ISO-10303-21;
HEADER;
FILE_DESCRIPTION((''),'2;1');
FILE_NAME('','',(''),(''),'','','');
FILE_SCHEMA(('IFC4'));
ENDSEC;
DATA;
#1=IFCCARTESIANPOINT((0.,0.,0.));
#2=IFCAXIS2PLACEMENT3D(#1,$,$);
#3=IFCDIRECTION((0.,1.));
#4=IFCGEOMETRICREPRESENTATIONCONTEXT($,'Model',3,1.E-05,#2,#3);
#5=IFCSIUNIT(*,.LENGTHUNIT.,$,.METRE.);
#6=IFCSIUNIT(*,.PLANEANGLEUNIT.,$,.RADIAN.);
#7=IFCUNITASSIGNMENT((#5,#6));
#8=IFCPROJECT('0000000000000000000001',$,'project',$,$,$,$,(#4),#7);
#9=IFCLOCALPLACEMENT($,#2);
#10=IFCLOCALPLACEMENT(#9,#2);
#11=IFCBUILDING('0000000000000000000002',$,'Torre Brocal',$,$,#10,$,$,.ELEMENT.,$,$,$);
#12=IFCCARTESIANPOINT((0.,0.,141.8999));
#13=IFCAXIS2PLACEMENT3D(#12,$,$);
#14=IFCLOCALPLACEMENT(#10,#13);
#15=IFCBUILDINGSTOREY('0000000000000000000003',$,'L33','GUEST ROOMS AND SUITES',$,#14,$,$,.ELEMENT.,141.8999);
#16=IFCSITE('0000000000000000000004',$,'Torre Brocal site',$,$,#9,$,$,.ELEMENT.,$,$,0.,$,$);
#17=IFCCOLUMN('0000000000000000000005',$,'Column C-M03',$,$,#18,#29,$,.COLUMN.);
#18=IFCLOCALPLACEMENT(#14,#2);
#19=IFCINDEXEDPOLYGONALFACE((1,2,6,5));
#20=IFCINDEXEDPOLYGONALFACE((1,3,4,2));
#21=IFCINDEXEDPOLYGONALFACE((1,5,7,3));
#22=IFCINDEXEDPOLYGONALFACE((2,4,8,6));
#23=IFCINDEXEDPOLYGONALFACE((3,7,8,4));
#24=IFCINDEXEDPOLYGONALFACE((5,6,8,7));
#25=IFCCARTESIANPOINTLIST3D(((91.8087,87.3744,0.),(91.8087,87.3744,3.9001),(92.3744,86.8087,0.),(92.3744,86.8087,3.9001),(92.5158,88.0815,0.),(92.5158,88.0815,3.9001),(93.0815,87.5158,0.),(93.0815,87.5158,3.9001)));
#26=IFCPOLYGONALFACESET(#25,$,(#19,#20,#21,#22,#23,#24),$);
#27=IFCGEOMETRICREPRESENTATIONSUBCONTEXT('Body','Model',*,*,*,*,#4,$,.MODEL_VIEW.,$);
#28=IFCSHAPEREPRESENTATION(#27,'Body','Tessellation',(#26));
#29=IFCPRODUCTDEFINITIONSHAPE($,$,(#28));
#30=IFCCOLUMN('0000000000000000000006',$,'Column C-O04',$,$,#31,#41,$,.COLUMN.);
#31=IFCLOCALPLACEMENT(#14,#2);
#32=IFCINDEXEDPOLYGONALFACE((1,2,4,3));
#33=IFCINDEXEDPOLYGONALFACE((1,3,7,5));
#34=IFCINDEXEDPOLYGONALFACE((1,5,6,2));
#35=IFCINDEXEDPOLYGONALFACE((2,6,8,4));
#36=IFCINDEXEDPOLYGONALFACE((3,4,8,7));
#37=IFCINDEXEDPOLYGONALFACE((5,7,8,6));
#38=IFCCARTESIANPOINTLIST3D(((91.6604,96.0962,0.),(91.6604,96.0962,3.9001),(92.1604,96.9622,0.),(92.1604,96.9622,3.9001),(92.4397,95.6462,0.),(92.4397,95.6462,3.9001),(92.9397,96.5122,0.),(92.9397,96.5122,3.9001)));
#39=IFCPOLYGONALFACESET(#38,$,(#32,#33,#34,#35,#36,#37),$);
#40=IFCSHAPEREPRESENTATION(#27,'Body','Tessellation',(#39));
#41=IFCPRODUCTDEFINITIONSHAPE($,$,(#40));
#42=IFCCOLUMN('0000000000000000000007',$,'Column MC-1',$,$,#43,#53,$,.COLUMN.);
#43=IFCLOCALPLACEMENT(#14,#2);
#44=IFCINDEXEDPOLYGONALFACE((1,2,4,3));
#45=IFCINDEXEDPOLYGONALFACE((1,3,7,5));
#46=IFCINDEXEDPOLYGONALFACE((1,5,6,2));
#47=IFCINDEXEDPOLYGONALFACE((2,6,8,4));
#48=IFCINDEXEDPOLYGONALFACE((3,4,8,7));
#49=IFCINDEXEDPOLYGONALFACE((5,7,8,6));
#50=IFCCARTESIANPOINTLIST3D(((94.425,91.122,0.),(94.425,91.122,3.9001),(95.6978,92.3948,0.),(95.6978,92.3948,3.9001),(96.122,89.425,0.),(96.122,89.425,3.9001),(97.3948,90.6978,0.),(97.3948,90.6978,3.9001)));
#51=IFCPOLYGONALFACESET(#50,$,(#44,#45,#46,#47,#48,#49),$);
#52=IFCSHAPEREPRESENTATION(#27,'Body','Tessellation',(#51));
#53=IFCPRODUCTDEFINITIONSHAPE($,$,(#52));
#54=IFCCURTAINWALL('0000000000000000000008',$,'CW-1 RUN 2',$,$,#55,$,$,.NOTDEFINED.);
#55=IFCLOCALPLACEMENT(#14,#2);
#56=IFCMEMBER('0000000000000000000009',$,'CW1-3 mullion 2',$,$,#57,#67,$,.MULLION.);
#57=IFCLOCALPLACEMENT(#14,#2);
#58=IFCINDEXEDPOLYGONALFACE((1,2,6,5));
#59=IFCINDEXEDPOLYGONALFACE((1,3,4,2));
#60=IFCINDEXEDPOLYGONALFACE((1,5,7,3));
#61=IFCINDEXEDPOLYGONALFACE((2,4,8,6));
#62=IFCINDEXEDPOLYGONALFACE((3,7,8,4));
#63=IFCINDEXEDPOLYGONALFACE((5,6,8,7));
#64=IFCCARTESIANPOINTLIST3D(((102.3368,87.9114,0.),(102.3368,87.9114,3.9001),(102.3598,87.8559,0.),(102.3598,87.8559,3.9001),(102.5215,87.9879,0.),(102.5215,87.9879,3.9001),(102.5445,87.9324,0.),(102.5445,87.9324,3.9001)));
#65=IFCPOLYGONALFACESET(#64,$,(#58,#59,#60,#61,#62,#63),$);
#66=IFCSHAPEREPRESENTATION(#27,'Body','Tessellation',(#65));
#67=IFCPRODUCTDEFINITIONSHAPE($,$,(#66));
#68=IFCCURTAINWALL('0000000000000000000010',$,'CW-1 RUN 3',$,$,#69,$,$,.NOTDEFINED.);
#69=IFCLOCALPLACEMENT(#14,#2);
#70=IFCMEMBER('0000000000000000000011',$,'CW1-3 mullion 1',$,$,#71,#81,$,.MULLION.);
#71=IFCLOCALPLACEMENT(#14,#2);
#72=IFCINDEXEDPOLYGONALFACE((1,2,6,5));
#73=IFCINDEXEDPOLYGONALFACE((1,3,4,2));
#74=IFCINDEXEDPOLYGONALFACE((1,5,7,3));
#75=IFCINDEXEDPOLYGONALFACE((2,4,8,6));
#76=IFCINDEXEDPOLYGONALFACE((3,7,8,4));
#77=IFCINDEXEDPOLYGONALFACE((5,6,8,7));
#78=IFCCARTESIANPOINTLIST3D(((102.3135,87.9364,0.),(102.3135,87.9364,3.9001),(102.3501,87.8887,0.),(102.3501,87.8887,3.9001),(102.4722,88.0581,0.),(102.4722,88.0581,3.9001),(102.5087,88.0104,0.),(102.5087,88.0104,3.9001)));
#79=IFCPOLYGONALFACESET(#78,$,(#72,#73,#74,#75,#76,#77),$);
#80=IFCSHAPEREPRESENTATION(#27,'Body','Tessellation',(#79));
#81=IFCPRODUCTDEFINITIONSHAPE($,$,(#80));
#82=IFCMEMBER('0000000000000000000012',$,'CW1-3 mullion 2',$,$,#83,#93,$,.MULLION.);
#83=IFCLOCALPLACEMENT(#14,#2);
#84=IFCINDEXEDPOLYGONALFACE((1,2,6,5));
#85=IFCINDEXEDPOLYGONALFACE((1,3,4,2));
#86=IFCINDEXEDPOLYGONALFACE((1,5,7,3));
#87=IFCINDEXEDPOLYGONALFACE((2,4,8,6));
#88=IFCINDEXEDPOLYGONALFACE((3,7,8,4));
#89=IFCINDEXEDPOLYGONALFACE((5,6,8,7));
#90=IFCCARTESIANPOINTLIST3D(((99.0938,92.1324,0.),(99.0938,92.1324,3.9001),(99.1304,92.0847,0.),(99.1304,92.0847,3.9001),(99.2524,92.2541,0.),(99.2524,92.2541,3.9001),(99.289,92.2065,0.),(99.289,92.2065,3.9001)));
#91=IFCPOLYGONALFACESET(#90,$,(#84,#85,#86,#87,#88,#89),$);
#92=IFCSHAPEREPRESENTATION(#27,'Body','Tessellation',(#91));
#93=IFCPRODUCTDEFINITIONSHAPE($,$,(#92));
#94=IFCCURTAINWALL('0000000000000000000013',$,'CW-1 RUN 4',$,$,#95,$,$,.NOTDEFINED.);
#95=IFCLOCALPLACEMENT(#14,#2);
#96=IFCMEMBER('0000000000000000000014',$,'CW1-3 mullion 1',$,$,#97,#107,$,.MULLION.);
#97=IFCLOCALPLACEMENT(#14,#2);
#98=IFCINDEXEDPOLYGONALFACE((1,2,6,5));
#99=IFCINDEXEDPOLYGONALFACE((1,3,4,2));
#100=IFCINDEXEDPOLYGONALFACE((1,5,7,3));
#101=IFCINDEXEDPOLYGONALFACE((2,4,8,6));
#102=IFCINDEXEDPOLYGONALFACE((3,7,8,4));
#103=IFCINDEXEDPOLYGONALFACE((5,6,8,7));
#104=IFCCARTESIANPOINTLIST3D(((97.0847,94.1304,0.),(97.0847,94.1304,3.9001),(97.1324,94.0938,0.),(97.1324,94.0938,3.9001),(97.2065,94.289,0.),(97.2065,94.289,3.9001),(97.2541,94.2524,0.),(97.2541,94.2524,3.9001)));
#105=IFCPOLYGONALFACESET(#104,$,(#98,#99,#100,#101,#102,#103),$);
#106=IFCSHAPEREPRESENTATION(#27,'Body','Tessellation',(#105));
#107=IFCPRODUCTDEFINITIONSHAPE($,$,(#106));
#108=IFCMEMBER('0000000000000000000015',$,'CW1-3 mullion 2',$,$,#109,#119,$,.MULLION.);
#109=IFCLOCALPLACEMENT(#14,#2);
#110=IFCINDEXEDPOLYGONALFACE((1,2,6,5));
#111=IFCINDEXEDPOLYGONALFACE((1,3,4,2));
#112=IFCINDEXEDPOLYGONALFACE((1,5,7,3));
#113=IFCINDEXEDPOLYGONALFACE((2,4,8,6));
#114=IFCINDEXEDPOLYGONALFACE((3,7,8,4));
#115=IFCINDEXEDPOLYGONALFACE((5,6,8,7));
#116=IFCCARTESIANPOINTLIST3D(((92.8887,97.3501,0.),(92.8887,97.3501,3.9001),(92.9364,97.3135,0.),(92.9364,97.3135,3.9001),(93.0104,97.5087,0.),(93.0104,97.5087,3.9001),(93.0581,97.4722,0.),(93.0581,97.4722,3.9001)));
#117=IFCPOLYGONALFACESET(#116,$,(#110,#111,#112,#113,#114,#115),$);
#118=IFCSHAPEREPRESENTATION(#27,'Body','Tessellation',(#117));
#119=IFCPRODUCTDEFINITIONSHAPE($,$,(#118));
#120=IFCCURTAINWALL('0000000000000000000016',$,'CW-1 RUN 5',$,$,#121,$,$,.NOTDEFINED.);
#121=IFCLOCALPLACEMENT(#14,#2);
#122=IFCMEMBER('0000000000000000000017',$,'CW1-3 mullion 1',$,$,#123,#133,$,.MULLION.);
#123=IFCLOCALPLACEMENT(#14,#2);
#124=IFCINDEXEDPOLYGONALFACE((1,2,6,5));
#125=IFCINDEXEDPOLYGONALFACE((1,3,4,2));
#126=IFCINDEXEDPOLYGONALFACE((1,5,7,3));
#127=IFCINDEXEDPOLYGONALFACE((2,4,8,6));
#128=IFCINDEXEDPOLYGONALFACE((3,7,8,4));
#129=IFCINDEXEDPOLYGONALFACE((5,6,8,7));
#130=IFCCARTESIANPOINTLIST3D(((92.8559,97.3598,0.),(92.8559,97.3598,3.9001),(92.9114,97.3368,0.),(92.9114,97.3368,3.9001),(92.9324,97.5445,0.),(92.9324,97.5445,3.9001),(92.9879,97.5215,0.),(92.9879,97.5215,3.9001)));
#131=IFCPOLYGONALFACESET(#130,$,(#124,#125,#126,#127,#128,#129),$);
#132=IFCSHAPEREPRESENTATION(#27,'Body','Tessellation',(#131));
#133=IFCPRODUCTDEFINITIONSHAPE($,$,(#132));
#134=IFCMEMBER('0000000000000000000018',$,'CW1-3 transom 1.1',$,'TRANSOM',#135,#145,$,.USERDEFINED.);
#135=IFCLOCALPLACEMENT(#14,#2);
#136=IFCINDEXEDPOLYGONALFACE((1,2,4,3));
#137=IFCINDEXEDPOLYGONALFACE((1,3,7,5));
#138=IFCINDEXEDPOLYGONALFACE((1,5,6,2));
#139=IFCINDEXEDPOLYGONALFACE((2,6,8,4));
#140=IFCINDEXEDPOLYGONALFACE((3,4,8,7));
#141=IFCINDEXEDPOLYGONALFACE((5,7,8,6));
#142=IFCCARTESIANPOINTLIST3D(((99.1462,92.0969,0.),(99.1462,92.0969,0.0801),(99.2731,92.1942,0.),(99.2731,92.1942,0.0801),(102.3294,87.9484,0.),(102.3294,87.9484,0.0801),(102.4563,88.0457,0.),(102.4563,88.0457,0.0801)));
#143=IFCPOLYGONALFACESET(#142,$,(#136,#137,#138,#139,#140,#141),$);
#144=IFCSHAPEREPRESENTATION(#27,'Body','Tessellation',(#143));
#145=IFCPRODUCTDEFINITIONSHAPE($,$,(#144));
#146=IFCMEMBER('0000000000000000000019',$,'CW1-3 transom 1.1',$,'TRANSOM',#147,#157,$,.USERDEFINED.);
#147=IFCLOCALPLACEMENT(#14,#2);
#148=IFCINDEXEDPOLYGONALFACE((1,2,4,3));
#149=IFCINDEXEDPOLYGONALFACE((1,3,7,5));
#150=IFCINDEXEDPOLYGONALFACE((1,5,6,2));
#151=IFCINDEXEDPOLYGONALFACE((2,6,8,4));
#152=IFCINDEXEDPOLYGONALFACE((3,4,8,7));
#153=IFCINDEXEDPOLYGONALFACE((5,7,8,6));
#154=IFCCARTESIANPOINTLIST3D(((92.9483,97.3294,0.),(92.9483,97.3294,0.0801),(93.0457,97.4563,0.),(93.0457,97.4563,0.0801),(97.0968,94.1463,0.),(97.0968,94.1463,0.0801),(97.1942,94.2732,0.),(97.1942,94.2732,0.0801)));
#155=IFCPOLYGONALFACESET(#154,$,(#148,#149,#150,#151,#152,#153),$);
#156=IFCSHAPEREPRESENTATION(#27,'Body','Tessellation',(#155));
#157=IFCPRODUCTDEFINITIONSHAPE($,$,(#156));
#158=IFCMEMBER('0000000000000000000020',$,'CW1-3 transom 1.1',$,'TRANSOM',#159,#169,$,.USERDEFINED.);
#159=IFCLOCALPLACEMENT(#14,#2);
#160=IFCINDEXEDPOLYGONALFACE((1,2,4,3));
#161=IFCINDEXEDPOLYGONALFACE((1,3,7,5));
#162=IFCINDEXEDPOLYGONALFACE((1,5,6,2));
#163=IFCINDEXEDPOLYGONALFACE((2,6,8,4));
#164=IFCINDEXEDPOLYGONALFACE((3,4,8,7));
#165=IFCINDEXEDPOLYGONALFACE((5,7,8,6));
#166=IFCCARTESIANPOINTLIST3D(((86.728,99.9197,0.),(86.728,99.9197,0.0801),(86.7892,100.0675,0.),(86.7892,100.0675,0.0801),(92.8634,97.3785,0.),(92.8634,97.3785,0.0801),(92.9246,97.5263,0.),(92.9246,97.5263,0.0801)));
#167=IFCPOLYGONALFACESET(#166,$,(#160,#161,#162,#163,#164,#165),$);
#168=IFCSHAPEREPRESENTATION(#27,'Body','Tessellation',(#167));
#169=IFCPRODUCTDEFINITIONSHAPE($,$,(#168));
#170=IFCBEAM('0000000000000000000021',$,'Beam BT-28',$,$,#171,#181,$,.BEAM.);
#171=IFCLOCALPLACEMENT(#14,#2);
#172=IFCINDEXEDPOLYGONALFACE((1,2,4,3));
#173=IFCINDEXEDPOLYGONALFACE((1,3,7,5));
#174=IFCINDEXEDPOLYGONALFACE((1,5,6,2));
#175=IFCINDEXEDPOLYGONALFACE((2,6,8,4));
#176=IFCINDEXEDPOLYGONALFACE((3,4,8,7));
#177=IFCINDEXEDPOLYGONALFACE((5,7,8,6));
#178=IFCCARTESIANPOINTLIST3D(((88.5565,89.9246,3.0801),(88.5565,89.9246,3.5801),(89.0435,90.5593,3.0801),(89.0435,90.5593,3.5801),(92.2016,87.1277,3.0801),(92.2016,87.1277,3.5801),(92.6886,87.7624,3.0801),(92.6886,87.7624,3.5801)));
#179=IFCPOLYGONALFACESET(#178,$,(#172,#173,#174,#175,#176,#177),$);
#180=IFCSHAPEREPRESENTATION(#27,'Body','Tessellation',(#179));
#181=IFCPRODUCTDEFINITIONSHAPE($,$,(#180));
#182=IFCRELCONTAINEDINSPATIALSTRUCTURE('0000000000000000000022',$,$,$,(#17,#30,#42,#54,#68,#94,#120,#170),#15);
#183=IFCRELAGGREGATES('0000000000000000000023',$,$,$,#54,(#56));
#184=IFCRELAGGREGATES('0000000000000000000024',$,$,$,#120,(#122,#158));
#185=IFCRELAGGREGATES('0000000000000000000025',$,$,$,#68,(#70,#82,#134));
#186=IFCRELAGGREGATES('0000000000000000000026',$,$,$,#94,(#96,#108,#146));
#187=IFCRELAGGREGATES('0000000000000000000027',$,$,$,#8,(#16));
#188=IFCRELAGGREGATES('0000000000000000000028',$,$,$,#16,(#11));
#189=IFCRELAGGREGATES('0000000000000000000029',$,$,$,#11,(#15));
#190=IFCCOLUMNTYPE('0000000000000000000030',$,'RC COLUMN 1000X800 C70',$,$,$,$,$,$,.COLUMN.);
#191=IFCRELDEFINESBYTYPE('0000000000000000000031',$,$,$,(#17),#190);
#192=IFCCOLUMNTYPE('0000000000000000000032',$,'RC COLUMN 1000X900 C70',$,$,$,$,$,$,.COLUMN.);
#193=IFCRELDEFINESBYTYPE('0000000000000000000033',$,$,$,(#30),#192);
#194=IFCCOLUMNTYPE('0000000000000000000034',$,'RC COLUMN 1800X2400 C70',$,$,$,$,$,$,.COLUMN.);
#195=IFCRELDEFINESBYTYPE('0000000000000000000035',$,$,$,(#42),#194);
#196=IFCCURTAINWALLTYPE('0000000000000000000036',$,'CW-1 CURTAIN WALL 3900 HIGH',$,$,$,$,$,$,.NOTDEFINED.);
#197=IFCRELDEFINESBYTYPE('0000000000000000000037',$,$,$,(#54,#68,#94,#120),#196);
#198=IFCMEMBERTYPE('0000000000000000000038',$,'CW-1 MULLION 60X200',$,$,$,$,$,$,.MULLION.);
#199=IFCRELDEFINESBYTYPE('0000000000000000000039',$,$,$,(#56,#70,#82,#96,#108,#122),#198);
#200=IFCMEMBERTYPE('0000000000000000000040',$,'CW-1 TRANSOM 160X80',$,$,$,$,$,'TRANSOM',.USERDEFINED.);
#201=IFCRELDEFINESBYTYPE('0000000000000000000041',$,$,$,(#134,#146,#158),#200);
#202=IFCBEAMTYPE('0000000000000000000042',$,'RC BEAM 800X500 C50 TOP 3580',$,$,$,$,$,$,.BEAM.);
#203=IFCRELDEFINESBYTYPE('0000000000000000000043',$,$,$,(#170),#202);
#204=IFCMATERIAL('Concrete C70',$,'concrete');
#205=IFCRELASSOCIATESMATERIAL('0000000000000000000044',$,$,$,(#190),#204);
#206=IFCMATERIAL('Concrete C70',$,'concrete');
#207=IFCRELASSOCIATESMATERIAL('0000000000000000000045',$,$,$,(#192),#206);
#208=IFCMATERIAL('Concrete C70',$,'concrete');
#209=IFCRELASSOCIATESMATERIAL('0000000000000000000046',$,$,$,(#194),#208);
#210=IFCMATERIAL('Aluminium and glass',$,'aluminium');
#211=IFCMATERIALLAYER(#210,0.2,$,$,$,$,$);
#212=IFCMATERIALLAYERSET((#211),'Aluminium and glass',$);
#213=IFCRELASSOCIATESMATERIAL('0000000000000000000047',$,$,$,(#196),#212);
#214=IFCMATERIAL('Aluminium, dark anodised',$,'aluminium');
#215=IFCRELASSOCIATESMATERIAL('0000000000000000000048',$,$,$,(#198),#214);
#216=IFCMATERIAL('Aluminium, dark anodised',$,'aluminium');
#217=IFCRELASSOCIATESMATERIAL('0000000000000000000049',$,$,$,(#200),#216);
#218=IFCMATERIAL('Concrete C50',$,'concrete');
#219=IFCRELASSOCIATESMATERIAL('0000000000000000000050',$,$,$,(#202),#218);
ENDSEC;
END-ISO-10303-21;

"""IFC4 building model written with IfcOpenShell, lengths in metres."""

from ifc_helpers import new_model, si_unit, direction, frame, origin, origin_2d, place, context, subcontext, project, spatial, rectangle, extrude, material, layer, layer_set, material_profile, profile_set, type_object, element, aggregate, save


model = new_model("IFC4")

# Units and contexts
model_context = context("Model", 3, precision=1e-05, world=origin(), true_north=direction((0.0, 1.0)))
body_context = subcontext(model_context, "Body", "Model", "MODEL_VIEW")
ifc_project = project(units=[si_unit("LENGTHUNIT", "METRE"), si_unit("PLANEANGLEUNIT", "RADIAN")], contexts=[model_context])

# Site, building, storey
site_placement = place(None, origin())
site = spatial("IfcSite", under=ifc_project, at=site_placement, Name="Torre Brocal site", CompositionType="ELEMENT", RefElevation=0.0)
building_placement = place(site_placement, origin())
building = spatial("IfcBuilding", under=site, at=building_placement, Name="Torre Brocal", CompositionType="ELEMENT")
storey_placement = place(building_placement, frame((0.0, 0.0, 141.8999)))
storey = spatial("IfcBuildingStorey", under=building, at=storey_placement, Name="L33", Description="GUEST ROOMS AND SUITES", CompositionType="ELEMENT", Elevation=141.8999)

# Columns
ifc_material_1 = material(Name="Concrete C70", Category="concrete")
ifc_material_profile_1 = material_profile(ifc_material_1, rectangle(XDim=1.0, YDim=0.8, at=origin_2d()), Name="RC 1000X800")
ifc_profile_set_1 = profile_set([ifc_material_profile_1], Name="Concrete C70")
column_type_1 = type_object("IfcColumnType", Name="RC COLUMN 1000X800 C70", PredefinedType="COLUMN", material=ifc_profile_set_1)
column_1_placement = place(storey_placement, frame((92.4451, 87.4451, 0.0), z_axis=(0.0, 0.0, 1.0), x_axis=(0.707107, 0.707107, 0.0)))
element("IfcColumn", 1, at=column_1_placement, inside=storey, type_object=column_type_1, Name="Column C-M03", PredefinedType="COLUMN", context=body_context, shape_type="SweptSolid", body=[
    extrude(rectangle(XDim=1.0, YDim=0.8, at=origin_2d()), origin(), (0.0, 0.0, 1.0), 3.9001),
])
ifc_material_2 = material(Name="Concrete C70", Category="concrete")
ifc_material_profile_2 = material_profile(ifc_material_2, rectangle(XDim=1.0, YDim=0.8999, at=origin_2d()), Name="RC 1000X900")
ifc_profile_set_2 = profile_set([ifc_material_profile_2], Name="Concrete C70")
column_type_2 = type_object("IfcColumnType", Name="RC COLUMN 1000X900 C70", PredefinedType="COLUMN", material=ifc_profile_set_2)
column_2_placement = place(storey_placement, frame((92.3, 96.3042, 0.0), z_axis=(0.0, 0.0, 1.0), x_axis=(0.5, 0.866025, 0.0)))
element("IfcColumn", 2, at=column_2_placement, inside=storey, type_object=column_type_2, Name="Column C-O04", PredefinedType="COLUMN", context=body_context, shape_type="SweptSolid", body=[
    extrude(rectangle(XDim=1.0, YDim=0.8999, at=origin_2d()), origin(), (0.0, 0.0, 1.0), 3.9001),
])
ifc_material_3 = material(Name="Concrete C70", Category="concrete")
ifc_material_profile_3 = material_profile(ifc_material_3, rectangle(XDim=1.8, YDim=2.3999, at=origin_2d()), Name="RC 1800X2400")
ifc_profile_set_3 = profile_set([ifc_material_profile_3], Name="Concrete C70")
column_type_3 = type_object("IfcColumnType", Name="RC COLUMN 1800X2400 C70", PredefinedType="COLUMN", material=ifc_profile_set_3)
column_3_placement = place(storey_placement, frame((95.9099, 90.9099, 0.0), z_axis=(0.0, 0.0, 1.0), x_axis=(0.707107, 0.707107, 0.0)))
element("IfcColumn", 3, at=column_3_placement, inside=storey, type_object=column_type_3, Name="Column MC-1", PredefinedType="COLUMN", context=body_context, shape_type="SweptSolid", body=[
    extrude(rectangle(XDim=1.8, YDim=2.3999, at=origin_2d()), origin(), (0.0, 0.0, 1.0), 3.9001),
])

# Curtain wall, member
ifc_material_4 = material(Name="Aluminium and glass", Category="aluminium")
ifc_layer_1 = layer(ifc_material_4, 0.2)
ifc_layer_set_1 = layer_set([ifc_layer_1], Name="Aluminium and glass")
curtain_wall_type = type_object("IfcCurtainWallType", Name="CW-1 CURTAIN WALL 3900 HIGH", PredefinedType="NOTDEFINED", material=ifc_layer_set_1)
curtain_wall_1_placement = place(storey_placement, origin())
curtain_wall_1 = element("IfcCurtainWall", 4, at=curtain_wall_1_placement, inside=storey, type_object=curtain_wall_type, Name="CW-1 RUN 2", PredefinedType="NOTDEFINED")
ifc_material_5 = material(Name="Aluminium, dark anodised", Category="aluminium")
ifc_material_profile_4 = material_profile(ifc_material_5, rectangle(XDim=0.2, YDim=0.0601, at=origin_2d()), Name="CW-1 MULLION 60X200")
ifc_profile_set_4 = profile_set([ifc_material_profile_4], Name="Aluminium, dark anodised")
member_type_1 = type_object("IfcMemberType", Name="CW-1 MULLION 60X200", PredefinedType="MULLION", material=ifc_profile_set_4)
member_1_placement = place(storey_placement, frame((102.4407, 87.9219, 0.0), z_axis=(0.0, 0.0, 1.0), x_axis=(-0.92388, -0.382683, 0.0)))
member_1 = element("IfcMember", 5, at=member_1_placement, type_object=member_type_1, Name="CW1-3 mullion 2", PredefinedType="MULLION", context=body_context, shape_type="SweptSolid", body=[
    extrude(rectangle(XDim=0.2, YDim=0.0601, at=origin_2d()), origin(), (0.0, 0.0, 1.0), 3.9001),
])
aggregate(curtain_wall_1, [member_1])

# Curtain walls, members
curtain_wall_2_placement = place(storey_placement, origin())
curtain_wall_2 = element("IfcCurtainWall", 6, at=curtain_wall_2_placement, inside=storey, type_object=curtain_wall_type, Name="CW-1 RUN 3", PredefinedType="NOTDEFINED")
member_2_placement = place(storey_placement, frame((102.4111, 87.9734, 0.0), z_axis=(0.0, 0.0, 1.0), x_axis=(-0.793353, -0.608761, 0.0)))
member_2 = element("IfcMember", 7, at=member_2_placement, type_object=member_type_1, Name="CW1-3 mullion 1", PredefinedType="MULLION", context=body_context, shape_type="SweptSolid", body=[
    extrude(rectangle(XDim=0.2, YDim=0.0601, at=origin_2d()), origin(), (0.0, 0.0, 1.0), 3.9001),
])
member_3_placement = place(storey_placement, frame((99.1914, 92.1694, 0.0), z_axis=(0.0, 0.0, 1.0), x_axis=(-0.793353, -0.608761, 0.0)))
member_3 = element("IfcMember", 8, at=member_3_placement, type_object=member_type_1, Name="CW1-3 mullion 2", PredefinedType="MULLION", context=body_context, shape_type="SweptSolid", body=[
    extrude(rectangle(XDim=0.2, YDim=0.0601, at=origin_2d()), origin(), (0.0, 0.0, 1.0), 3.9001),
])
curtain_wall_3_placement = place(storey_placement, origin())
curtain_wall_3 = element("IfcCurtainWall", 9, at=curtain_wall_3_placement, inside=storey, type_object=curtain_wall_type, Name="CW-1 RUN 4", PredefinedType="NOTDEFINED")
member_4_placement = place(storey_placement, frame((97.1694, 94.1914, 0.0), z_axis=(0.0, 0.0, 1.0), x_axis=(-0.608761, -0.793353, 0.0)))
member_4 = element("IfcMember", 10, at=member_4_placement, type_object=member_type_1, Name="CW1-3 mullion 1", PredefinedType="MULLION", context=body_context, shape_type="SweptSolid", body=[
    extrude(rectangle(XDim=0.2, YDim=0.0601, at=origin_2d()), origin(), (0.0, 0.0, 1.0), 3.9001),
])
member_5_placement = place(storey_placement, frame((92.9734, 97.4111, 0.0), z_axis=(0.0, 0.0, 1.0), x_axis=(-0.608761, -0.793353, 0.0)))
member_5 = element("IfcMember", 11, at=member_5_placement, type_object=member_type_1, Name="CW1-3 mullion 2", PredefinedType="MULLION", context=body_context, shape_type="SweptSolid", body=[
    extrude(rectangle(XDim=0.2, YDim=0.0601, at=origin_2d()), origin(), (0.0, 0.0, 1.0), 3.9001),
])

# Curtain wall, member
curtain_wall_4_placement = place(storey_placement, origin())
curtain_wall_4 = element("IfcCurtainWall", 12, at=curtain_wall_4_placement, inside=storey, type_object=curtain_wall_type, Name="CW-1 RUN 5", PredefinedType="NOTDEFINED")
member_6_placement = place(storey_placement, frame((92.9219, 97.4407, 0.0), z_axis=(0.0, 0.0, 1.0), x_axis=(-0.382683, -0.92388, 0.0)))
member_6 = element("IfcMember", 13, at=member_6_placement, type_object=member_type_1, Name="CW1-3 mullion 1", PredefinedType="MULLION", context=body_context, shape_type="SweptSolid", body=[
    extrude(rectangle(XDim=0.2, YDim=0.0601, at=origin_2d()), origin(), (0.0, 0.0, 1.0), 3.9001),
])

# Members
ifc_material_6 = material(Name="Aluminium, dark anodised", Category="aluminium")
ifc_material_profile_5 = material_profile(ifc_material_6, rectangle(XDim=0.1599, YDim=0.0801, at=origin_2d()), Name="CW-1 TRANSOM 160X80")
ifc_profile_set_5 = profile_set([ifc_material_profile_5], Name="Aluminium, dark anodised")
member_type_2 = type_object("IfcMemberType", Name="CW-1 TRANSOM 160X80", ElementType="TRANSOM", PredefinedType="USERDEFINED", material=ifc_profile_set_5)
member_7_placement = place(storey_placement, frame((102.3928, 87.9971, 0.04), z_axis=(-0.608749, 0.793363, 0.0), x_axis=(-0.793363, -0.608749, 0.0)))
member_7 = element("IfcMember", 14, at=member_7_placement, type_object=member_type_2, Name="CW1-3 transom 1.1", ObjectType="TRANSOM", PredefinedType="USERDEFINED", context=body_context, shape_type="SweptSolid", body=[
    extrude(rectangle(XDim=0.1599, YDim=0.0801, at=origin_2d()), origin(), (0.0, 0.0, 1.0), 5.229),
])
member_8_placement = place(storey_placement, frame((97.1455, 94.2097, 0.04), z_axis=(-0.793363, 0.608749, 0.0), x_axis=(-0.608749, -0.793363, 0.0)))
member_8 = element("IfcMember", 15, at=member_8_placement, type_object=member_type_2, Name="CW1-3 transom 1.1", ObjectType="TRANSOM", PredefinedType="USERDEFINED", context=body_context, shape_type="SweptSolid", body=[
    extrude(rectangle(XDim=0.1599, YDim=0.0801, at=origin_2d()), origin(), (0.0, 0.0, 1.0), 5.229),
])
member_9_placement = place(storey_placement, frame((92.894, 97.4524, 0.04), z_axis=(-0.923887, 0.382665, 0.0), x_axis=(-0.382665, -0.923887, 0.0)))
member_9 = element("IfcMember", 16, at=member_9_placement, type_object=member_type_2, Name="CW1-3 transom 1.1", ObjectType="TRANSOM", PredefinedType="USERDEFINED", context=body_context, shape_type="SweptSolid", body=[
    extrude(rectangle(XDim=0.1599, YDim=0.0801, at=origin_2d()), origin(), (0.0, 0.0, 1.0), 6.6409),
])
aggregate(curtain_wall_4, [member_6, member_9])

# Beam
ifc_material_7 = material(Name="Concrete C50", Category="concrete")
ifc_material_profile_6 = material_profile(ifc_material_7, rectangle(XDim=0.8, YDim=0.5, at=origin_2d()), Name="RC 800X500")
ifc_profile_set_6 = profile_set([ifc_material_profile_6], Name="Concrete C50")
beam_type_1 = type_object("IfcBeamType", Name="RC BEAM 800X500 C50 TOP 3580", PredefinedType="BEAM", material=ifc_profile_set_6)
beam_1_placement = place(storey_placement, frame((92.4451, 87.4451, 3.3301), z_axis=(-0.793358, 0.608755, 0.0), x_axis=(-0.608755, -0.793358, 0.0)))
element("IfcBeam", 17, at=beam_1_placement, inside=storey, type_object=beam_type_1, Name="Beam BT-28", PredefinedType="BEAM", context=body_context, shape_type="SweptSolid", body=[
    extrude(rectangle(XDim=0.8, YDim=0.5, at=origin_2d()), origin(), (0.0, 0.0, 1.0), 4.5945),
])

aggregate(curtain_wall_2, [member_2, member_3, member_7])
aggregate(curtain_wall_3, [member_4, member_5, member_8])

save(model, "model.ifc")
